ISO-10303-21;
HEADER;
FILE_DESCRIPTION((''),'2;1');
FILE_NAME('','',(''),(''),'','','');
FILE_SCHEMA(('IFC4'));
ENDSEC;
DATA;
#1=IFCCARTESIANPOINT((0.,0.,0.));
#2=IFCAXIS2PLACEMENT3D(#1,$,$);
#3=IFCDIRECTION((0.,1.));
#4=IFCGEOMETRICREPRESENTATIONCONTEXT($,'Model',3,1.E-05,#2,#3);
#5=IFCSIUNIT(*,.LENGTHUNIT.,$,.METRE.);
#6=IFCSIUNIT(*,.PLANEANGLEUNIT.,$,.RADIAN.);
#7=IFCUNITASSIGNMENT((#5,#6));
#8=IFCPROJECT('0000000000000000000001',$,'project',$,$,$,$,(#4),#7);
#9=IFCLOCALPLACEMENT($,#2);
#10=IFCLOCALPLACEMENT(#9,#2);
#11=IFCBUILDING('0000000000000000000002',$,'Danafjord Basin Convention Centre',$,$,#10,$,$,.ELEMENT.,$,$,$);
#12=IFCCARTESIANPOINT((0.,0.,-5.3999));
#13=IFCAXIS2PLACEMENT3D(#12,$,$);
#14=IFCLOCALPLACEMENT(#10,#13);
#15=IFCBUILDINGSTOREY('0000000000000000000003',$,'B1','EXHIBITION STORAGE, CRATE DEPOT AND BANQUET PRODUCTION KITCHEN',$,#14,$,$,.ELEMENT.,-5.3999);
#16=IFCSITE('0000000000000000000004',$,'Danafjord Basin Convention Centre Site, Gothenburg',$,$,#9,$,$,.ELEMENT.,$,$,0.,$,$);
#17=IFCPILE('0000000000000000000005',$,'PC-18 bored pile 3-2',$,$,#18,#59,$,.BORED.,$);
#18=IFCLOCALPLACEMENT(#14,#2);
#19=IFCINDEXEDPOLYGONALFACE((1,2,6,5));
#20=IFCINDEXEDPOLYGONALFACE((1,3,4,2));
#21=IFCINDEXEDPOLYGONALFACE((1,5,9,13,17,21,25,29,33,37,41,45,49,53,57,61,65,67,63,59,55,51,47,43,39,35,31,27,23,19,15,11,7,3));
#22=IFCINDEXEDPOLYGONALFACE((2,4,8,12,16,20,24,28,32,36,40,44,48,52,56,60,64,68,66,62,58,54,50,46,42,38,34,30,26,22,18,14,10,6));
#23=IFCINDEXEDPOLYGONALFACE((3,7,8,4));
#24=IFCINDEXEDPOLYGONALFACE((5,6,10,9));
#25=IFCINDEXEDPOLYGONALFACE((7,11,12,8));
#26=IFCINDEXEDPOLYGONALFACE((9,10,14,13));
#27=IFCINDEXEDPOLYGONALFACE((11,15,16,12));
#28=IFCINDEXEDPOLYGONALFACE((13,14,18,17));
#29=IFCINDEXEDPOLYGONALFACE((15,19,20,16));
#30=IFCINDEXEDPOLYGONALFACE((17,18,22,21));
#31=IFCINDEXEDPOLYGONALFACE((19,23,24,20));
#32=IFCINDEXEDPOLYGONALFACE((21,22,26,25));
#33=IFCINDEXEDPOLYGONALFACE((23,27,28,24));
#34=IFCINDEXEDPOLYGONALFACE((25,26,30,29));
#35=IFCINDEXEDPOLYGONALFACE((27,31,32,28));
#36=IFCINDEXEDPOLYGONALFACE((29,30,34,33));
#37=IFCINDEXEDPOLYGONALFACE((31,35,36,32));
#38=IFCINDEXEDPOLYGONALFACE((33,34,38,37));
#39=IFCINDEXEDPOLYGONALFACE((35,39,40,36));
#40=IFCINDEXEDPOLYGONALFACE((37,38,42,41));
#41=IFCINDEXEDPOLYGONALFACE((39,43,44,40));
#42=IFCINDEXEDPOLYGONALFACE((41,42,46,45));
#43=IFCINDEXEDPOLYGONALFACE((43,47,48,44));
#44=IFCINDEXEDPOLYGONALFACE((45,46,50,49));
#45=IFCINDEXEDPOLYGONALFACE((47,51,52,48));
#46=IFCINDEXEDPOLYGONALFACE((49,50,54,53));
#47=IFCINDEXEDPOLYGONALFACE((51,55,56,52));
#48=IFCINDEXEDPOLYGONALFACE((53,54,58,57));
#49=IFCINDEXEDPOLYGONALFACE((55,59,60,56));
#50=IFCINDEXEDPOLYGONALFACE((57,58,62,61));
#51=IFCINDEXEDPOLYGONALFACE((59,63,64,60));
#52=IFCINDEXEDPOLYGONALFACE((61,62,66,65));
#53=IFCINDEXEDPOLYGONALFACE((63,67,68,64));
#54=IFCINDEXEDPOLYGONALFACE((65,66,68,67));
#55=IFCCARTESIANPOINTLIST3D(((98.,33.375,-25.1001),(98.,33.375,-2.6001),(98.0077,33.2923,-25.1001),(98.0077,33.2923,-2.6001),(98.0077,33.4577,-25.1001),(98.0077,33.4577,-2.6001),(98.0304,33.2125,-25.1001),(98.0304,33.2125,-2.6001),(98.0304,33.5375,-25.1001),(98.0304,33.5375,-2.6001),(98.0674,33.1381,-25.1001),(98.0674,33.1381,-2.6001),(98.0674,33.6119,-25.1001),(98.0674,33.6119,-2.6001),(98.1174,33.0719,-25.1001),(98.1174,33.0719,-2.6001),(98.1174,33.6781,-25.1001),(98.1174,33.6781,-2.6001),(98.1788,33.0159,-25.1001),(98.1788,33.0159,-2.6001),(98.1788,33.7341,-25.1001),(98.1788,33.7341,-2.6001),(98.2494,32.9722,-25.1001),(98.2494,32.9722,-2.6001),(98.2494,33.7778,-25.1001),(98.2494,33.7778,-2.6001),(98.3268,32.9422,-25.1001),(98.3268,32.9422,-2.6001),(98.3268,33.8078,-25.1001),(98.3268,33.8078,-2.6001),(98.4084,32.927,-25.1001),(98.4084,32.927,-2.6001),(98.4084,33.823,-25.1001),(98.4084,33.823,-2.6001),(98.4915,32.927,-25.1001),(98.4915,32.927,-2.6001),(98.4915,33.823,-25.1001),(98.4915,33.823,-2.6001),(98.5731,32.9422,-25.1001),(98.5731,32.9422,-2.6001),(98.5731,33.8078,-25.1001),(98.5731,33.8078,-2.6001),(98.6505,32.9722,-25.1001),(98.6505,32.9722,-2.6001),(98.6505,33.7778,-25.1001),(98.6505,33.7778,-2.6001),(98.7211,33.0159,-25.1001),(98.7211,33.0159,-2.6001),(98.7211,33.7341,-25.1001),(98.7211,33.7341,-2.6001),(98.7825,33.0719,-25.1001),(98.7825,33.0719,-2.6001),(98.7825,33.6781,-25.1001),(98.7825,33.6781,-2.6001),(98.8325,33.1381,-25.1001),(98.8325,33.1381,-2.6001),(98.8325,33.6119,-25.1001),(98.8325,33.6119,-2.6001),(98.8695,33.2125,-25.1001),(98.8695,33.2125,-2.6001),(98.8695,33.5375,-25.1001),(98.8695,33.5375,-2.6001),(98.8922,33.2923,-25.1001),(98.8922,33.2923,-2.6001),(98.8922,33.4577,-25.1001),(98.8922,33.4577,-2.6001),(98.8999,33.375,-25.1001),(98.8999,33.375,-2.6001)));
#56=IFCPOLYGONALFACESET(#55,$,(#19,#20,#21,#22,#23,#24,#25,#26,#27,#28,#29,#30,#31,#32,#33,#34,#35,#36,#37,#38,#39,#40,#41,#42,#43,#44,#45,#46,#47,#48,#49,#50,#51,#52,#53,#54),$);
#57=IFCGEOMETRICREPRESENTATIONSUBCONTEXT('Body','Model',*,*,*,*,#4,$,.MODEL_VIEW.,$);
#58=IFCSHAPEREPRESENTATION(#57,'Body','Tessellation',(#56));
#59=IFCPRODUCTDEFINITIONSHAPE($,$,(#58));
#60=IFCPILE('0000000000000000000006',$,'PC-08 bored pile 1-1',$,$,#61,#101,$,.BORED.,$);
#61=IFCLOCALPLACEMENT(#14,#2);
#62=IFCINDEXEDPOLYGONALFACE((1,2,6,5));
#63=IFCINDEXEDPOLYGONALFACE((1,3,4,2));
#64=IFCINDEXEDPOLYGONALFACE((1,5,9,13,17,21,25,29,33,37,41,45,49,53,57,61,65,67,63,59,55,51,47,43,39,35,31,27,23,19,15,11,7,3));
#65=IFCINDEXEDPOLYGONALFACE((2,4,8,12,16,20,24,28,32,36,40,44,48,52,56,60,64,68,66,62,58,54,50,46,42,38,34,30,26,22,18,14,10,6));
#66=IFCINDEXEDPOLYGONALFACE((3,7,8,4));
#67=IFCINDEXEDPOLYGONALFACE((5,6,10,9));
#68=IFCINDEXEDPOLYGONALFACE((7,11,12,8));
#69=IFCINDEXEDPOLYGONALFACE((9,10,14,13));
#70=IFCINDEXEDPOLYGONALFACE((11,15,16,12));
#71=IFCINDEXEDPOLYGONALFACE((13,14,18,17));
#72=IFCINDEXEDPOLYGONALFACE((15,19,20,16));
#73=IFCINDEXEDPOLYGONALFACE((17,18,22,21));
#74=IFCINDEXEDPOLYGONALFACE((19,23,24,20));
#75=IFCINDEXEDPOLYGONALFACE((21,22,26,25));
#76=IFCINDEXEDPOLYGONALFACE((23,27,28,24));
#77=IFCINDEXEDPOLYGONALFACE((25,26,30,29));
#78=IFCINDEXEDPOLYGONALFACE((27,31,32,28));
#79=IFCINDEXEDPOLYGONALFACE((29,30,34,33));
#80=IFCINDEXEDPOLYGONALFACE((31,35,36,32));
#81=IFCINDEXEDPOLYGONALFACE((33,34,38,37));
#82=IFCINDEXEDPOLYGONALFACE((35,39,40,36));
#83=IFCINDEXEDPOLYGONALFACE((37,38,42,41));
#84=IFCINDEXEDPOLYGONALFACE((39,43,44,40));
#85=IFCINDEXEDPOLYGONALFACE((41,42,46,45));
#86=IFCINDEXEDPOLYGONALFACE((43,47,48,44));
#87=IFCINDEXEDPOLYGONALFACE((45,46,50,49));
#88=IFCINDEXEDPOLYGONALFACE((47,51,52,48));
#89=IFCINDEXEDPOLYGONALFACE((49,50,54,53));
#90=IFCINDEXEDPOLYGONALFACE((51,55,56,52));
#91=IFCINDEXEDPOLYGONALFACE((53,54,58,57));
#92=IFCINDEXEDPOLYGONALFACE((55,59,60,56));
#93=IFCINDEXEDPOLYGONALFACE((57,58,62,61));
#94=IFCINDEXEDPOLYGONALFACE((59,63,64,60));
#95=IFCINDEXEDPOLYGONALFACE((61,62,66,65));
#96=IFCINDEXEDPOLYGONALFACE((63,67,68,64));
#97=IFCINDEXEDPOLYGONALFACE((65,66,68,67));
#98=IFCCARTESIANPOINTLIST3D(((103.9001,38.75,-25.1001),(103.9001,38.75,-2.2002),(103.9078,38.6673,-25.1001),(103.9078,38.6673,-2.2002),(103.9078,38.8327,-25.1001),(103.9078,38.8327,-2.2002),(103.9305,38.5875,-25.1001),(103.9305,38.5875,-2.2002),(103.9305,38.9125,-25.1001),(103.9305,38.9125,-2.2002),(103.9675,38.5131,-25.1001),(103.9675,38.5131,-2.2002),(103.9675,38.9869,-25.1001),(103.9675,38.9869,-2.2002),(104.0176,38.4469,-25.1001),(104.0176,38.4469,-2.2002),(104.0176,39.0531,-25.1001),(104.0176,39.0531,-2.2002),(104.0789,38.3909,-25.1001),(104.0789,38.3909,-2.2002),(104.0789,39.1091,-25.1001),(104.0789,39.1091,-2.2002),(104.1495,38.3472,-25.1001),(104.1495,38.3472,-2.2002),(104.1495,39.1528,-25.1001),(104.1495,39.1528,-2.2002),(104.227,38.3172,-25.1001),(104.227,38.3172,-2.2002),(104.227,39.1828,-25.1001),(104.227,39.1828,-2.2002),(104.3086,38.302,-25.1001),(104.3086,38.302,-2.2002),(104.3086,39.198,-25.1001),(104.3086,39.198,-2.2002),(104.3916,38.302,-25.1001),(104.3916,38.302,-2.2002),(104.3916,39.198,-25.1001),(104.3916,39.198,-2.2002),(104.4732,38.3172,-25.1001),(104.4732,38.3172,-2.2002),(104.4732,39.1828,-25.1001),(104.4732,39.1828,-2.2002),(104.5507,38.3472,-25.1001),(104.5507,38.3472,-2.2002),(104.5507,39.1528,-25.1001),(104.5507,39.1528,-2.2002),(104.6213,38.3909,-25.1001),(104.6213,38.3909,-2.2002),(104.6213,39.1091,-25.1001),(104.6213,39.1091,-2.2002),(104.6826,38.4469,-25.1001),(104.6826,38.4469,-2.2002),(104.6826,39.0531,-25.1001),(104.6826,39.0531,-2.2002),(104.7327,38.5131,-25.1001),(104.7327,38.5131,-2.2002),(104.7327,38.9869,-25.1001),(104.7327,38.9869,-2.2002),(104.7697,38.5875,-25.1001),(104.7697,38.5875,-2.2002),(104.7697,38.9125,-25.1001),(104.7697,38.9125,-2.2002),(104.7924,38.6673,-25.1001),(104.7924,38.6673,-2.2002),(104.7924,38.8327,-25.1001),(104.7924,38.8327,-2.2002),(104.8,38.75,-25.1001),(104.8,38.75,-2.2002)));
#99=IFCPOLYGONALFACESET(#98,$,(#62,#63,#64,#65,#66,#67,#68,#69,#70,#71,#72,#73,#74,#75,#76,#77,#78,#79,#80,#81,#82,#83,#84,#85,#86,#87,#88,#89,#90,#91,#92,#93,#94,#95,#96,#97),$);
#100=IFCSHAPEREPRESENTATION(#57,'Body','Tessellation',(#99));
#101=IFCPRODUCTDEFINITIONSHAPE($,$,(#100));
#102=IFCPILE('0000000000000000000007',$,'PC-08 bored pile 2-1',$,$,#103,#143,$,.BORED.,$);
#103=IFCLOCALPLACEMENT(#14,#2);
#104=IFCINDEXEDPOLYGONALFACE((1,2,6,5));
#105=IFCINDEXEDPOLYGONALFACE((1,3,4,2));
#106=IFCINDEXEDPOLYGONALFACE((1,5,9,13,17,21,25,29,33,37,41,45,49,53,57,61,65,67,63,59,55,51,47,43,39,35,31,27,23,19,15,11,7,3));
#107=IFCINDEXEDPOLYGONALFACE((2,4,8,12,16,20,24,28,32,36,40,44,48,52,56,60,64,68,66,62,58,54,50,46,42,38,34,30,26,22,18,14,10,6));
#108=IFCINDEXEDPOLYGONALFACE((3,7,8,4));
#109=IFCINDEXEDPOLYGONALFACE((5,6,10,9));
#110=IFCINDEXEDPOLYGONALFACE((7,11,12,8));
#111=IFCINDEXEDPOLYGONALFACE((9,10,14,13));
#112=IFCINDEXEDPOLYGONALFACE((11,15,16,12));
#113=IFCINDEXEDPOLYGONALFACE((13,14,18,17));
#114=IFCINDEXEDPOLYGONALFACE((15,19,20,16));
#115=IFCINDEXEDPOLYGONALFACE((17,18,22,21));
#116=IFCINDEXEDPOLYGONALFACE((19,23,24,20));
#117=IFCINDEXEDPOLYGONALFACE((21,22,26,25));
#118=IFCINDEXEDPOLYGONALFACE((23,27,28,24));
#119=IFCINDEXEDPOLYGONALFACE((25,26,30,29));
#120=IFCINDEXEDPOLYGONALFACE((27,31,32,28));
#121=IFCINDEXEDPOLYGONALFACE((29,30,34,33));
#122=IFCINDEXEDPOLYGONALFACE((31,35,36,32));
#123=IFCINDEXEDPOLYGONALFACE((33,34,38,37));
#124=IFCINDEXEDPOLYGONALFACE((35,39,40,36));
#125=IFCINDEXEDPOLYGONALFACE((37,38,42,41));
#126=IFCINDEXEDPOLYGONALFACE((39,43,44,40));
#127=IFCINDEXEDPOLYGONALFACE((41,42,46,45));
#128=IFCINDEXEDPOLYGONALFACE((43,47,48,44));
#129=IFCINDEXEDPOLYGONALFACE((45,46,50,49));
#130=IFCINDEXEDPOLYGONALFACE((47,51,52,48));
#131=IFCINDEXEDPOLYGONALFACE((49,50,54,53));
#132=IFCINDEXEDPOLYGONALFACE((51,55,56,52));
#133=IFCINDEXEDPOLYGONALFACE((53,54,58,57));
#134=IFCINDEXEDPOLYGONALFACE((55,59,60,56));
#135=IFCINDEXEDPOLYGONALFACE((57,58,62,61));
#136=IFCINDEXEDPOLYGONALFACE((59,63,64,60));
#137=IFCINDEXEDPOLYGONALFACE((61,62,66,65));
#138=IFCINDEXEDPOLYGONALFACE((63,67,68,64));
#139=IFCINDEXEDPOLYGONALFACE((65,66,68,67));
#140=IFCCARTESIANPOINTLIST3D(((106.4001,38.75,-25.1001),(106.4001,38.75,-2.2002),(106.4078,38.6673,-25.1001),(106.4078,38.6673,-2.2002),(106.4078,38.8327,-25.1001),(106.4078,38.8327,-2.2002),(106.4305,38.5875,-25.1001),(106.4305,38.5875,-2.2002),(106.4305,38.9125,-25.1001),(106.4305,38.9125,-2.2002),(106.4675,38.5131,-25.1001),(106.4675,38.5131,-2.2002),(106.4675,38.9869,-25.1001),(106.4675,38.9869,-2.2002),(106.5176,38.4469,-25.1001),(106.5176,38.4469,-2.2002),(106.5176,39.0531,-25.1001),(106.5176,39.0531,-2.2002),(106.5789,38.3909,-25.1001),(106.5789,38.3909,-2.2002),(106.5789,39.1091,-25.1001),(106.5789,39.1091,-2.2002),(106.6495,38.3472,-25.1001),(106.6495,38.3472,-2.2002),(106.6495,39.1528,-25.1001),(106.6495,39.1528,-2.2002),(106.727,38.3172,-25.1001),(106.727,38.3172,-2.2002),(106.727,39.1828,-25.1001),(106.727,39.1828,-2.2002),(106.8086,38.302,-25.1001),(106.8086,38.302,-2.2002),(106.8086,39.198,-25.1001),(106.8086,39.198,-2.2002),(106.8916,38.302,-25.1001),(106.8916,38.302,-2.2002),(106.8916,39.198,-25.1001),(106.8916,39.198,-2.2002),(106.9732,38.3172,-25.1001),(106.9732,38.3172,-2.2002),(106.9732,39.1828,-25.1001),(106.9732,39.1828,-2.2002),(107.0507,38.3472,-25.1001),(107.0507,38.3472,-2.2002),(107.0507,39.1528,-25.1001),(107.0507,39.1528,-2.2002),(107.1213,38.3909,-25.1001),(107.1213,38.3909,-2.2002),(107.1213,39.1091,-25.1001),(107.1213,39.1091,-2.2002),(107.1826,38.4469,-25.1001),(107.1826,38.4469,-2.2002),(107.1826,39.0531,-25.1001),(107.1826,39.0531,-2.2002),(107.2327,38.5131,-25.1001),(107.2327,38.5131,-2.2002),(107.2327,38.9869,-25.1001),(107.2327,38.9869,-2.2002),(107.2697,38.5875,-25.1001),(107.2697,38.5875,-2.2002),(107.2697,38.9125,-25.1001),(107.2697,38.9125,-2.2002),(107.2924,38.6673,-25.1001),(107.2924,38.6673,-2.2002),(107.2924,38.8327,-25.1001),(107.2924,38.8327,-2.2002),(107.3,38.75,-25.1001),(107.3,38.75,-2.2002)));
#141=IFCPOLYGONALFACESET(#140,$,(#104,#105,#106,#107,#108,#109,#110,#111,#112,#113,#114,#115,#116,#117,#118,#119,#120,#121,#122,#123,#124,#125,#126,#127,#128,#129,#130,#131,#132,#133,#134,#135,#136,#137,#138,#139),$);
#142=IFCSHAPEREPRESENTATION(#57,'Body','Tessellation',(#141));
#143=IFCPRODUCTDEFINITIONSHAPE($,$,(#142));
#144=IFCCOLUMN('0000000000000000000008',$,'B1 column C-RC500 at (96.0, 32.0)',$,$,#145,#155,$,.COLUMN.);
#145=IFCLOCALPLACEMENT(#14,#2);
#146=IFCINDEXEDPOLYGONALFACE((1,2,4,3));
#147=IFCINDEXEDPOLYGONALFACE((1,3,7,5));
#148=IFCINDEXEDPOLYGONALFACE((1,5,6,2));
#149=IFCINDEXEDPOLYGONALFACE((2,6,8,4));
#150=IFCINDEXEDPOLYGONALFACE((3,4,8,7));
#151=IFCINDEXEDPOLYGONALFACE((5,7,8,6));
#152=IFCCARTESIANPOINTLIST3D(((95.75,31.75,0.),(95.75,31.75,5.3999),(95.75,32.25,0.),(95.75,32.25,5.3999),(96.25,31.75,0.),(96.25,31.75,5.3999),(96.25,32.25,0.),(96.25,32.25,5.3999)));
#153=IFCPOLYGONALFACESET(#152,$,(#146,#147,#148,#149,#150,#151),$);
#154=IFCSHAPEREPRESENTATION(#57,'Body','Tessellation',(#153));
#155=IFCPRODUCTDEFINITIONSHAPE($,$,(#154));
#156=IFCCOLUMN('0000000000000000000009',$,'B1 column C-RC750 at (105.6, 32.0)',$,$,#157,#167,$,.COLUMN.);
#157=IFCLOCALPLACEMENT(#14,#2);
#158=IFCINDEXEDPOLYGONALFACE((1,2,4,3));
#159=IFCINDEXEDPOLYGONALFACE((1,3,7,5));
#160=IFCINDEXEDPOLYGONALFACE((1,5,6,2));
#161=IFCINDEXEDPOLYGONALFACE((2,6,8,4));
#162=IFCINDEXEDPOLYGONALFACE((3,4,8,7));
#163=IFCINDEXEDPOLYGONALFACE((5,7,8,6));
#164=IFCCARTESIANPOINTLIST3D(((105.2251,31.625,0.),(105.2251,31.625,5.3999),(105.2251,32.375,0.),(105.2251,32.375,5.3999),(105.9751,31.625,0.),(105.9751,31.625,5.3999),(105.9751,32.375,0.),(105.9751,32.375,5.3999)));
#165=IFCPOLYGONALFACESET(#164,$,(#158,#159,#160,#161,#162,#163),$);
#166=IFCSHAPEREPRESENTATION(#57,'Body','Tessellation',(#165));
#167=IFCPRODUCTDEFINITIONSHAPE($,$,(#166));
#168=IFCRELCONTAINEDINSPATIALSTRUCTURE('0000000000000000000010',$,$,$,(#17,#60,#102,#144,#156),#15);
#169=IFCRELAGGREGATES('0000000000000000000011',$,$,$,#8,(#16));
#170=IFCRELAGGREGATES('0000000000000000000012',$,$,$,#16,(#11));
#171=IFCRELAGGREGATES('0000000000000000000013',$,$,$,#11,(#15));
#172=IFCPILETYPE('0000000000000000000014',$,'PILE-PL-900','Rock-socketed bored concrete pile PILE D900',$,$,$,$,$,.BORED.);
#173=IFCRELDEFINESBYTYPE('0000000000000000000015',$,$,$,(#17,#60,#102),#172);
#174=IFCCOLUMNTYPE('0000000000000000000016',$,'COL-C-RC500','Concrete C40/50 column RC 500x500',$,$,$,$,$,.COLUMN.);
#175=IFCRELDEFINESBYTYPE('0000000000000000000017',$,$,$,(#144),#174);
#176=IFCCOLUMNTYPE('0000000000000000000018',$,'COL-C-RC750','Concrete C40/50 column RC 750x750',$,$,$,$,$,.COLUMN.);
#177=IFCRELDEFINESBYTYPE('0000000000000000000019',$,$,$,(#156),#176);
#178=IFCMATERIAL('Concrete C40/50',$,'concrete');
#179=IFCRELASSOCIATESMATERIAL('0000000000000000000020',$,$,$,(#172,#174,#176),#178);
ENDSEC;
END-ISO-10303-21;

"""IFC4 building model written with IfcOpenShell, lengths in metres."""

from ifc_helpers import new_model, si_unit, direction, frame, origin, origin_2d, place, context, subcontext, project, spatial, rectangle, circle, extrude, material, material_profile, profile_set, type_object, element, save


model = new_model("IFC4")

# Units and contexts
model_context = context("Model", 3, precision=1e-05, world=origin(), true_north=direction((0.0, 1.0)))
body_context = subcontext(model_context, "Body", "Model", "MODEL_VIEW")
ifc_project = project(units=[si_unit("LENGTHUNIT", "METRE"), si_unit("PLANEANGLEUNIT", "RADIAN")], contexts=[model_context])

# Site, building, storey
site_placement = place(None, origin())
site = spatial("IfcSite", under=ifc_project, at=site_placement, Name="Danafjord Basin Convention Centre Site, Gothenburg", CompositionType="ELEMENT", RefElevation=0.0)
building_placement = place(site_placement, origin())
building = spatial("IfcBuilding", under=site, at=building_placement, Name="Danafjord Basin Convention Centre", CompositionType="ELEMENT")
storey_placement = place(building_placement, frame((0.0, 0.0, -5.3999)))
storey = spatial("IfcBuildingStorey", under=building, at=storey_placement, Name="B1", Description="EXHIBITION STORAGE, CRATE DEPOT AND BANQUET PRODUCTION KITCHEN", CompositionType="ELEMENT", Elevation=-5.3999)

# Shared definitions
ifc_material_1 = material(Name="Concrete C40/50", Category="concrete")

# Piles
ifc_material_profile_1 = material_profile(ifc_material_1, circle(Radius=0.45, at=origin_2d()), Name="PILE D900")
ifc_profile_set_1 = profile_set([ifc_material_profile_1], Name="Concrete C40/50")
pile_type_1 = type_object("IfcPileType", Name="PILE-PL-900", Description="Rock-socketed bored concrete pile PILE D900", PredefinedType="BORED", material=ifc_profile_set_1)
for number, where, z_axis, x_axis, name in (
    (1, (98.45, 33.375, -2.6001), (0.0, 0.0, -1.0), (1.0, 0.0, 0.0), "PC-18 bored pile 3-2"),
):
    element("IfcPile", number, at=place(storey_placement, frame(where, z_axis=z_axis, x_axis=x_axis)), inside=storey, type_object=pile_type_1, Name=name, PredefinedType="BORED", context=body_context, shape_type="SweptSolid", body=[
        extrude(circle(Radius=0.45, at=origin_2d()), origin(), (0.0, 0.0, 1.0), 22.5),
    ])
for number, where, z_axis, x_axis, name in (
    (2, (104.3501, 38.75, -2.2002), (0.0, 0.0, -1.0), (1.0, 0.0, 0.0), "PC-08 bored pile 1-1"),
    (3, (106.8501, 38.75, -2.2002), (0.0, 0.0, -1.0), (1.0, 0.0, 0.0), "PC-08 bored pile 2-1"),
):
    element("IfcPile", number, at=place(storey_placement, frame(where, z_axis=z_axis, x_axis=x_axis)), inside=storey, type_object=pile_type_1, Name=name, PredefinedType="BORED", context=body_context, shape_type="SweptSolid", body=[
        extrude(circle(Radius=0.45, at=origin_2d()), origin(), (0.0, 0.0, 1.0), 22.8999),
    ])

# Columns
ifc_material_profile_2 = material_profile(ifc_material_1, rectangle(XDim=0.5, YDim=0.5, at=origin_2d()), Name="RC 500x500")
ifc_profile_set_2 = profile_set([ifc_material_profile_2], Name="Concrete C40/50")
column_type_1 = type_object("IfcColumnType", Name="COL-C-RC500", Description="Concrete C40/50 column RC 500x500", PredefinedType="COLUMN", material=ifc_profile_set_2)
column_1_placement = place(storey_placement, frame((96.0, 32.0, 0.0), z_axis=(0.0, 0.0, 1.0), x_axis=(1.0, 0.0, 0.0)))
element("IfcColumn", 4, at=column_1_placement, inside=storey, type_object=column_type_1, Name="B1 column C-RC500 at (96.0, 32.0)", PredefinedType="COLUMN", context=body_context, shape_type="SweptSolid", body=[
    extrude(rectangle(XDim=0.5, YDim=0.5, at=origin_2d()), origin(), (0.0, 0.0, 1.0), 5.3999),
])
ifc_material_profile_3 = material_profile(ifc_material_1, rectangle(XDim=0.75, YDim=0.75, at=origin_2d()), Name="RC 750x750")
ifc_profile_set_3 = profile_set([ifc_material_profile_3], Name="Concrete C40/50")
column_type_2 = type_object("IfcColumnType", Name="COL-C-RC750", Description="Concrete C40/50 column RC 750x750", PredefinedType="COLUMN", material=ifc_profile_set_3)
column_2_placement = place(storey_placement, frame((105.6001, 32.0, 0.0), z_axis=(0.0, 0.0, 1.0), x_axis=(1.0, 0.0, 0.0)))
element("IfcColumn", 5, at=column_2_placement, inside=storey, type_object=column_type_2, Name="B1 column C-RC750 at (105.6, 32.0)", PredefinedType="COLUMN", context=body_context, shape_type="SweptSolid", body=[
    extrude(rectangle(XDim=0.75, YDim=0.75, at=origin_2d()), origin(), (0.0, 0.0, 1.0), 5.3999),
])

save(model, "model.ifc")
